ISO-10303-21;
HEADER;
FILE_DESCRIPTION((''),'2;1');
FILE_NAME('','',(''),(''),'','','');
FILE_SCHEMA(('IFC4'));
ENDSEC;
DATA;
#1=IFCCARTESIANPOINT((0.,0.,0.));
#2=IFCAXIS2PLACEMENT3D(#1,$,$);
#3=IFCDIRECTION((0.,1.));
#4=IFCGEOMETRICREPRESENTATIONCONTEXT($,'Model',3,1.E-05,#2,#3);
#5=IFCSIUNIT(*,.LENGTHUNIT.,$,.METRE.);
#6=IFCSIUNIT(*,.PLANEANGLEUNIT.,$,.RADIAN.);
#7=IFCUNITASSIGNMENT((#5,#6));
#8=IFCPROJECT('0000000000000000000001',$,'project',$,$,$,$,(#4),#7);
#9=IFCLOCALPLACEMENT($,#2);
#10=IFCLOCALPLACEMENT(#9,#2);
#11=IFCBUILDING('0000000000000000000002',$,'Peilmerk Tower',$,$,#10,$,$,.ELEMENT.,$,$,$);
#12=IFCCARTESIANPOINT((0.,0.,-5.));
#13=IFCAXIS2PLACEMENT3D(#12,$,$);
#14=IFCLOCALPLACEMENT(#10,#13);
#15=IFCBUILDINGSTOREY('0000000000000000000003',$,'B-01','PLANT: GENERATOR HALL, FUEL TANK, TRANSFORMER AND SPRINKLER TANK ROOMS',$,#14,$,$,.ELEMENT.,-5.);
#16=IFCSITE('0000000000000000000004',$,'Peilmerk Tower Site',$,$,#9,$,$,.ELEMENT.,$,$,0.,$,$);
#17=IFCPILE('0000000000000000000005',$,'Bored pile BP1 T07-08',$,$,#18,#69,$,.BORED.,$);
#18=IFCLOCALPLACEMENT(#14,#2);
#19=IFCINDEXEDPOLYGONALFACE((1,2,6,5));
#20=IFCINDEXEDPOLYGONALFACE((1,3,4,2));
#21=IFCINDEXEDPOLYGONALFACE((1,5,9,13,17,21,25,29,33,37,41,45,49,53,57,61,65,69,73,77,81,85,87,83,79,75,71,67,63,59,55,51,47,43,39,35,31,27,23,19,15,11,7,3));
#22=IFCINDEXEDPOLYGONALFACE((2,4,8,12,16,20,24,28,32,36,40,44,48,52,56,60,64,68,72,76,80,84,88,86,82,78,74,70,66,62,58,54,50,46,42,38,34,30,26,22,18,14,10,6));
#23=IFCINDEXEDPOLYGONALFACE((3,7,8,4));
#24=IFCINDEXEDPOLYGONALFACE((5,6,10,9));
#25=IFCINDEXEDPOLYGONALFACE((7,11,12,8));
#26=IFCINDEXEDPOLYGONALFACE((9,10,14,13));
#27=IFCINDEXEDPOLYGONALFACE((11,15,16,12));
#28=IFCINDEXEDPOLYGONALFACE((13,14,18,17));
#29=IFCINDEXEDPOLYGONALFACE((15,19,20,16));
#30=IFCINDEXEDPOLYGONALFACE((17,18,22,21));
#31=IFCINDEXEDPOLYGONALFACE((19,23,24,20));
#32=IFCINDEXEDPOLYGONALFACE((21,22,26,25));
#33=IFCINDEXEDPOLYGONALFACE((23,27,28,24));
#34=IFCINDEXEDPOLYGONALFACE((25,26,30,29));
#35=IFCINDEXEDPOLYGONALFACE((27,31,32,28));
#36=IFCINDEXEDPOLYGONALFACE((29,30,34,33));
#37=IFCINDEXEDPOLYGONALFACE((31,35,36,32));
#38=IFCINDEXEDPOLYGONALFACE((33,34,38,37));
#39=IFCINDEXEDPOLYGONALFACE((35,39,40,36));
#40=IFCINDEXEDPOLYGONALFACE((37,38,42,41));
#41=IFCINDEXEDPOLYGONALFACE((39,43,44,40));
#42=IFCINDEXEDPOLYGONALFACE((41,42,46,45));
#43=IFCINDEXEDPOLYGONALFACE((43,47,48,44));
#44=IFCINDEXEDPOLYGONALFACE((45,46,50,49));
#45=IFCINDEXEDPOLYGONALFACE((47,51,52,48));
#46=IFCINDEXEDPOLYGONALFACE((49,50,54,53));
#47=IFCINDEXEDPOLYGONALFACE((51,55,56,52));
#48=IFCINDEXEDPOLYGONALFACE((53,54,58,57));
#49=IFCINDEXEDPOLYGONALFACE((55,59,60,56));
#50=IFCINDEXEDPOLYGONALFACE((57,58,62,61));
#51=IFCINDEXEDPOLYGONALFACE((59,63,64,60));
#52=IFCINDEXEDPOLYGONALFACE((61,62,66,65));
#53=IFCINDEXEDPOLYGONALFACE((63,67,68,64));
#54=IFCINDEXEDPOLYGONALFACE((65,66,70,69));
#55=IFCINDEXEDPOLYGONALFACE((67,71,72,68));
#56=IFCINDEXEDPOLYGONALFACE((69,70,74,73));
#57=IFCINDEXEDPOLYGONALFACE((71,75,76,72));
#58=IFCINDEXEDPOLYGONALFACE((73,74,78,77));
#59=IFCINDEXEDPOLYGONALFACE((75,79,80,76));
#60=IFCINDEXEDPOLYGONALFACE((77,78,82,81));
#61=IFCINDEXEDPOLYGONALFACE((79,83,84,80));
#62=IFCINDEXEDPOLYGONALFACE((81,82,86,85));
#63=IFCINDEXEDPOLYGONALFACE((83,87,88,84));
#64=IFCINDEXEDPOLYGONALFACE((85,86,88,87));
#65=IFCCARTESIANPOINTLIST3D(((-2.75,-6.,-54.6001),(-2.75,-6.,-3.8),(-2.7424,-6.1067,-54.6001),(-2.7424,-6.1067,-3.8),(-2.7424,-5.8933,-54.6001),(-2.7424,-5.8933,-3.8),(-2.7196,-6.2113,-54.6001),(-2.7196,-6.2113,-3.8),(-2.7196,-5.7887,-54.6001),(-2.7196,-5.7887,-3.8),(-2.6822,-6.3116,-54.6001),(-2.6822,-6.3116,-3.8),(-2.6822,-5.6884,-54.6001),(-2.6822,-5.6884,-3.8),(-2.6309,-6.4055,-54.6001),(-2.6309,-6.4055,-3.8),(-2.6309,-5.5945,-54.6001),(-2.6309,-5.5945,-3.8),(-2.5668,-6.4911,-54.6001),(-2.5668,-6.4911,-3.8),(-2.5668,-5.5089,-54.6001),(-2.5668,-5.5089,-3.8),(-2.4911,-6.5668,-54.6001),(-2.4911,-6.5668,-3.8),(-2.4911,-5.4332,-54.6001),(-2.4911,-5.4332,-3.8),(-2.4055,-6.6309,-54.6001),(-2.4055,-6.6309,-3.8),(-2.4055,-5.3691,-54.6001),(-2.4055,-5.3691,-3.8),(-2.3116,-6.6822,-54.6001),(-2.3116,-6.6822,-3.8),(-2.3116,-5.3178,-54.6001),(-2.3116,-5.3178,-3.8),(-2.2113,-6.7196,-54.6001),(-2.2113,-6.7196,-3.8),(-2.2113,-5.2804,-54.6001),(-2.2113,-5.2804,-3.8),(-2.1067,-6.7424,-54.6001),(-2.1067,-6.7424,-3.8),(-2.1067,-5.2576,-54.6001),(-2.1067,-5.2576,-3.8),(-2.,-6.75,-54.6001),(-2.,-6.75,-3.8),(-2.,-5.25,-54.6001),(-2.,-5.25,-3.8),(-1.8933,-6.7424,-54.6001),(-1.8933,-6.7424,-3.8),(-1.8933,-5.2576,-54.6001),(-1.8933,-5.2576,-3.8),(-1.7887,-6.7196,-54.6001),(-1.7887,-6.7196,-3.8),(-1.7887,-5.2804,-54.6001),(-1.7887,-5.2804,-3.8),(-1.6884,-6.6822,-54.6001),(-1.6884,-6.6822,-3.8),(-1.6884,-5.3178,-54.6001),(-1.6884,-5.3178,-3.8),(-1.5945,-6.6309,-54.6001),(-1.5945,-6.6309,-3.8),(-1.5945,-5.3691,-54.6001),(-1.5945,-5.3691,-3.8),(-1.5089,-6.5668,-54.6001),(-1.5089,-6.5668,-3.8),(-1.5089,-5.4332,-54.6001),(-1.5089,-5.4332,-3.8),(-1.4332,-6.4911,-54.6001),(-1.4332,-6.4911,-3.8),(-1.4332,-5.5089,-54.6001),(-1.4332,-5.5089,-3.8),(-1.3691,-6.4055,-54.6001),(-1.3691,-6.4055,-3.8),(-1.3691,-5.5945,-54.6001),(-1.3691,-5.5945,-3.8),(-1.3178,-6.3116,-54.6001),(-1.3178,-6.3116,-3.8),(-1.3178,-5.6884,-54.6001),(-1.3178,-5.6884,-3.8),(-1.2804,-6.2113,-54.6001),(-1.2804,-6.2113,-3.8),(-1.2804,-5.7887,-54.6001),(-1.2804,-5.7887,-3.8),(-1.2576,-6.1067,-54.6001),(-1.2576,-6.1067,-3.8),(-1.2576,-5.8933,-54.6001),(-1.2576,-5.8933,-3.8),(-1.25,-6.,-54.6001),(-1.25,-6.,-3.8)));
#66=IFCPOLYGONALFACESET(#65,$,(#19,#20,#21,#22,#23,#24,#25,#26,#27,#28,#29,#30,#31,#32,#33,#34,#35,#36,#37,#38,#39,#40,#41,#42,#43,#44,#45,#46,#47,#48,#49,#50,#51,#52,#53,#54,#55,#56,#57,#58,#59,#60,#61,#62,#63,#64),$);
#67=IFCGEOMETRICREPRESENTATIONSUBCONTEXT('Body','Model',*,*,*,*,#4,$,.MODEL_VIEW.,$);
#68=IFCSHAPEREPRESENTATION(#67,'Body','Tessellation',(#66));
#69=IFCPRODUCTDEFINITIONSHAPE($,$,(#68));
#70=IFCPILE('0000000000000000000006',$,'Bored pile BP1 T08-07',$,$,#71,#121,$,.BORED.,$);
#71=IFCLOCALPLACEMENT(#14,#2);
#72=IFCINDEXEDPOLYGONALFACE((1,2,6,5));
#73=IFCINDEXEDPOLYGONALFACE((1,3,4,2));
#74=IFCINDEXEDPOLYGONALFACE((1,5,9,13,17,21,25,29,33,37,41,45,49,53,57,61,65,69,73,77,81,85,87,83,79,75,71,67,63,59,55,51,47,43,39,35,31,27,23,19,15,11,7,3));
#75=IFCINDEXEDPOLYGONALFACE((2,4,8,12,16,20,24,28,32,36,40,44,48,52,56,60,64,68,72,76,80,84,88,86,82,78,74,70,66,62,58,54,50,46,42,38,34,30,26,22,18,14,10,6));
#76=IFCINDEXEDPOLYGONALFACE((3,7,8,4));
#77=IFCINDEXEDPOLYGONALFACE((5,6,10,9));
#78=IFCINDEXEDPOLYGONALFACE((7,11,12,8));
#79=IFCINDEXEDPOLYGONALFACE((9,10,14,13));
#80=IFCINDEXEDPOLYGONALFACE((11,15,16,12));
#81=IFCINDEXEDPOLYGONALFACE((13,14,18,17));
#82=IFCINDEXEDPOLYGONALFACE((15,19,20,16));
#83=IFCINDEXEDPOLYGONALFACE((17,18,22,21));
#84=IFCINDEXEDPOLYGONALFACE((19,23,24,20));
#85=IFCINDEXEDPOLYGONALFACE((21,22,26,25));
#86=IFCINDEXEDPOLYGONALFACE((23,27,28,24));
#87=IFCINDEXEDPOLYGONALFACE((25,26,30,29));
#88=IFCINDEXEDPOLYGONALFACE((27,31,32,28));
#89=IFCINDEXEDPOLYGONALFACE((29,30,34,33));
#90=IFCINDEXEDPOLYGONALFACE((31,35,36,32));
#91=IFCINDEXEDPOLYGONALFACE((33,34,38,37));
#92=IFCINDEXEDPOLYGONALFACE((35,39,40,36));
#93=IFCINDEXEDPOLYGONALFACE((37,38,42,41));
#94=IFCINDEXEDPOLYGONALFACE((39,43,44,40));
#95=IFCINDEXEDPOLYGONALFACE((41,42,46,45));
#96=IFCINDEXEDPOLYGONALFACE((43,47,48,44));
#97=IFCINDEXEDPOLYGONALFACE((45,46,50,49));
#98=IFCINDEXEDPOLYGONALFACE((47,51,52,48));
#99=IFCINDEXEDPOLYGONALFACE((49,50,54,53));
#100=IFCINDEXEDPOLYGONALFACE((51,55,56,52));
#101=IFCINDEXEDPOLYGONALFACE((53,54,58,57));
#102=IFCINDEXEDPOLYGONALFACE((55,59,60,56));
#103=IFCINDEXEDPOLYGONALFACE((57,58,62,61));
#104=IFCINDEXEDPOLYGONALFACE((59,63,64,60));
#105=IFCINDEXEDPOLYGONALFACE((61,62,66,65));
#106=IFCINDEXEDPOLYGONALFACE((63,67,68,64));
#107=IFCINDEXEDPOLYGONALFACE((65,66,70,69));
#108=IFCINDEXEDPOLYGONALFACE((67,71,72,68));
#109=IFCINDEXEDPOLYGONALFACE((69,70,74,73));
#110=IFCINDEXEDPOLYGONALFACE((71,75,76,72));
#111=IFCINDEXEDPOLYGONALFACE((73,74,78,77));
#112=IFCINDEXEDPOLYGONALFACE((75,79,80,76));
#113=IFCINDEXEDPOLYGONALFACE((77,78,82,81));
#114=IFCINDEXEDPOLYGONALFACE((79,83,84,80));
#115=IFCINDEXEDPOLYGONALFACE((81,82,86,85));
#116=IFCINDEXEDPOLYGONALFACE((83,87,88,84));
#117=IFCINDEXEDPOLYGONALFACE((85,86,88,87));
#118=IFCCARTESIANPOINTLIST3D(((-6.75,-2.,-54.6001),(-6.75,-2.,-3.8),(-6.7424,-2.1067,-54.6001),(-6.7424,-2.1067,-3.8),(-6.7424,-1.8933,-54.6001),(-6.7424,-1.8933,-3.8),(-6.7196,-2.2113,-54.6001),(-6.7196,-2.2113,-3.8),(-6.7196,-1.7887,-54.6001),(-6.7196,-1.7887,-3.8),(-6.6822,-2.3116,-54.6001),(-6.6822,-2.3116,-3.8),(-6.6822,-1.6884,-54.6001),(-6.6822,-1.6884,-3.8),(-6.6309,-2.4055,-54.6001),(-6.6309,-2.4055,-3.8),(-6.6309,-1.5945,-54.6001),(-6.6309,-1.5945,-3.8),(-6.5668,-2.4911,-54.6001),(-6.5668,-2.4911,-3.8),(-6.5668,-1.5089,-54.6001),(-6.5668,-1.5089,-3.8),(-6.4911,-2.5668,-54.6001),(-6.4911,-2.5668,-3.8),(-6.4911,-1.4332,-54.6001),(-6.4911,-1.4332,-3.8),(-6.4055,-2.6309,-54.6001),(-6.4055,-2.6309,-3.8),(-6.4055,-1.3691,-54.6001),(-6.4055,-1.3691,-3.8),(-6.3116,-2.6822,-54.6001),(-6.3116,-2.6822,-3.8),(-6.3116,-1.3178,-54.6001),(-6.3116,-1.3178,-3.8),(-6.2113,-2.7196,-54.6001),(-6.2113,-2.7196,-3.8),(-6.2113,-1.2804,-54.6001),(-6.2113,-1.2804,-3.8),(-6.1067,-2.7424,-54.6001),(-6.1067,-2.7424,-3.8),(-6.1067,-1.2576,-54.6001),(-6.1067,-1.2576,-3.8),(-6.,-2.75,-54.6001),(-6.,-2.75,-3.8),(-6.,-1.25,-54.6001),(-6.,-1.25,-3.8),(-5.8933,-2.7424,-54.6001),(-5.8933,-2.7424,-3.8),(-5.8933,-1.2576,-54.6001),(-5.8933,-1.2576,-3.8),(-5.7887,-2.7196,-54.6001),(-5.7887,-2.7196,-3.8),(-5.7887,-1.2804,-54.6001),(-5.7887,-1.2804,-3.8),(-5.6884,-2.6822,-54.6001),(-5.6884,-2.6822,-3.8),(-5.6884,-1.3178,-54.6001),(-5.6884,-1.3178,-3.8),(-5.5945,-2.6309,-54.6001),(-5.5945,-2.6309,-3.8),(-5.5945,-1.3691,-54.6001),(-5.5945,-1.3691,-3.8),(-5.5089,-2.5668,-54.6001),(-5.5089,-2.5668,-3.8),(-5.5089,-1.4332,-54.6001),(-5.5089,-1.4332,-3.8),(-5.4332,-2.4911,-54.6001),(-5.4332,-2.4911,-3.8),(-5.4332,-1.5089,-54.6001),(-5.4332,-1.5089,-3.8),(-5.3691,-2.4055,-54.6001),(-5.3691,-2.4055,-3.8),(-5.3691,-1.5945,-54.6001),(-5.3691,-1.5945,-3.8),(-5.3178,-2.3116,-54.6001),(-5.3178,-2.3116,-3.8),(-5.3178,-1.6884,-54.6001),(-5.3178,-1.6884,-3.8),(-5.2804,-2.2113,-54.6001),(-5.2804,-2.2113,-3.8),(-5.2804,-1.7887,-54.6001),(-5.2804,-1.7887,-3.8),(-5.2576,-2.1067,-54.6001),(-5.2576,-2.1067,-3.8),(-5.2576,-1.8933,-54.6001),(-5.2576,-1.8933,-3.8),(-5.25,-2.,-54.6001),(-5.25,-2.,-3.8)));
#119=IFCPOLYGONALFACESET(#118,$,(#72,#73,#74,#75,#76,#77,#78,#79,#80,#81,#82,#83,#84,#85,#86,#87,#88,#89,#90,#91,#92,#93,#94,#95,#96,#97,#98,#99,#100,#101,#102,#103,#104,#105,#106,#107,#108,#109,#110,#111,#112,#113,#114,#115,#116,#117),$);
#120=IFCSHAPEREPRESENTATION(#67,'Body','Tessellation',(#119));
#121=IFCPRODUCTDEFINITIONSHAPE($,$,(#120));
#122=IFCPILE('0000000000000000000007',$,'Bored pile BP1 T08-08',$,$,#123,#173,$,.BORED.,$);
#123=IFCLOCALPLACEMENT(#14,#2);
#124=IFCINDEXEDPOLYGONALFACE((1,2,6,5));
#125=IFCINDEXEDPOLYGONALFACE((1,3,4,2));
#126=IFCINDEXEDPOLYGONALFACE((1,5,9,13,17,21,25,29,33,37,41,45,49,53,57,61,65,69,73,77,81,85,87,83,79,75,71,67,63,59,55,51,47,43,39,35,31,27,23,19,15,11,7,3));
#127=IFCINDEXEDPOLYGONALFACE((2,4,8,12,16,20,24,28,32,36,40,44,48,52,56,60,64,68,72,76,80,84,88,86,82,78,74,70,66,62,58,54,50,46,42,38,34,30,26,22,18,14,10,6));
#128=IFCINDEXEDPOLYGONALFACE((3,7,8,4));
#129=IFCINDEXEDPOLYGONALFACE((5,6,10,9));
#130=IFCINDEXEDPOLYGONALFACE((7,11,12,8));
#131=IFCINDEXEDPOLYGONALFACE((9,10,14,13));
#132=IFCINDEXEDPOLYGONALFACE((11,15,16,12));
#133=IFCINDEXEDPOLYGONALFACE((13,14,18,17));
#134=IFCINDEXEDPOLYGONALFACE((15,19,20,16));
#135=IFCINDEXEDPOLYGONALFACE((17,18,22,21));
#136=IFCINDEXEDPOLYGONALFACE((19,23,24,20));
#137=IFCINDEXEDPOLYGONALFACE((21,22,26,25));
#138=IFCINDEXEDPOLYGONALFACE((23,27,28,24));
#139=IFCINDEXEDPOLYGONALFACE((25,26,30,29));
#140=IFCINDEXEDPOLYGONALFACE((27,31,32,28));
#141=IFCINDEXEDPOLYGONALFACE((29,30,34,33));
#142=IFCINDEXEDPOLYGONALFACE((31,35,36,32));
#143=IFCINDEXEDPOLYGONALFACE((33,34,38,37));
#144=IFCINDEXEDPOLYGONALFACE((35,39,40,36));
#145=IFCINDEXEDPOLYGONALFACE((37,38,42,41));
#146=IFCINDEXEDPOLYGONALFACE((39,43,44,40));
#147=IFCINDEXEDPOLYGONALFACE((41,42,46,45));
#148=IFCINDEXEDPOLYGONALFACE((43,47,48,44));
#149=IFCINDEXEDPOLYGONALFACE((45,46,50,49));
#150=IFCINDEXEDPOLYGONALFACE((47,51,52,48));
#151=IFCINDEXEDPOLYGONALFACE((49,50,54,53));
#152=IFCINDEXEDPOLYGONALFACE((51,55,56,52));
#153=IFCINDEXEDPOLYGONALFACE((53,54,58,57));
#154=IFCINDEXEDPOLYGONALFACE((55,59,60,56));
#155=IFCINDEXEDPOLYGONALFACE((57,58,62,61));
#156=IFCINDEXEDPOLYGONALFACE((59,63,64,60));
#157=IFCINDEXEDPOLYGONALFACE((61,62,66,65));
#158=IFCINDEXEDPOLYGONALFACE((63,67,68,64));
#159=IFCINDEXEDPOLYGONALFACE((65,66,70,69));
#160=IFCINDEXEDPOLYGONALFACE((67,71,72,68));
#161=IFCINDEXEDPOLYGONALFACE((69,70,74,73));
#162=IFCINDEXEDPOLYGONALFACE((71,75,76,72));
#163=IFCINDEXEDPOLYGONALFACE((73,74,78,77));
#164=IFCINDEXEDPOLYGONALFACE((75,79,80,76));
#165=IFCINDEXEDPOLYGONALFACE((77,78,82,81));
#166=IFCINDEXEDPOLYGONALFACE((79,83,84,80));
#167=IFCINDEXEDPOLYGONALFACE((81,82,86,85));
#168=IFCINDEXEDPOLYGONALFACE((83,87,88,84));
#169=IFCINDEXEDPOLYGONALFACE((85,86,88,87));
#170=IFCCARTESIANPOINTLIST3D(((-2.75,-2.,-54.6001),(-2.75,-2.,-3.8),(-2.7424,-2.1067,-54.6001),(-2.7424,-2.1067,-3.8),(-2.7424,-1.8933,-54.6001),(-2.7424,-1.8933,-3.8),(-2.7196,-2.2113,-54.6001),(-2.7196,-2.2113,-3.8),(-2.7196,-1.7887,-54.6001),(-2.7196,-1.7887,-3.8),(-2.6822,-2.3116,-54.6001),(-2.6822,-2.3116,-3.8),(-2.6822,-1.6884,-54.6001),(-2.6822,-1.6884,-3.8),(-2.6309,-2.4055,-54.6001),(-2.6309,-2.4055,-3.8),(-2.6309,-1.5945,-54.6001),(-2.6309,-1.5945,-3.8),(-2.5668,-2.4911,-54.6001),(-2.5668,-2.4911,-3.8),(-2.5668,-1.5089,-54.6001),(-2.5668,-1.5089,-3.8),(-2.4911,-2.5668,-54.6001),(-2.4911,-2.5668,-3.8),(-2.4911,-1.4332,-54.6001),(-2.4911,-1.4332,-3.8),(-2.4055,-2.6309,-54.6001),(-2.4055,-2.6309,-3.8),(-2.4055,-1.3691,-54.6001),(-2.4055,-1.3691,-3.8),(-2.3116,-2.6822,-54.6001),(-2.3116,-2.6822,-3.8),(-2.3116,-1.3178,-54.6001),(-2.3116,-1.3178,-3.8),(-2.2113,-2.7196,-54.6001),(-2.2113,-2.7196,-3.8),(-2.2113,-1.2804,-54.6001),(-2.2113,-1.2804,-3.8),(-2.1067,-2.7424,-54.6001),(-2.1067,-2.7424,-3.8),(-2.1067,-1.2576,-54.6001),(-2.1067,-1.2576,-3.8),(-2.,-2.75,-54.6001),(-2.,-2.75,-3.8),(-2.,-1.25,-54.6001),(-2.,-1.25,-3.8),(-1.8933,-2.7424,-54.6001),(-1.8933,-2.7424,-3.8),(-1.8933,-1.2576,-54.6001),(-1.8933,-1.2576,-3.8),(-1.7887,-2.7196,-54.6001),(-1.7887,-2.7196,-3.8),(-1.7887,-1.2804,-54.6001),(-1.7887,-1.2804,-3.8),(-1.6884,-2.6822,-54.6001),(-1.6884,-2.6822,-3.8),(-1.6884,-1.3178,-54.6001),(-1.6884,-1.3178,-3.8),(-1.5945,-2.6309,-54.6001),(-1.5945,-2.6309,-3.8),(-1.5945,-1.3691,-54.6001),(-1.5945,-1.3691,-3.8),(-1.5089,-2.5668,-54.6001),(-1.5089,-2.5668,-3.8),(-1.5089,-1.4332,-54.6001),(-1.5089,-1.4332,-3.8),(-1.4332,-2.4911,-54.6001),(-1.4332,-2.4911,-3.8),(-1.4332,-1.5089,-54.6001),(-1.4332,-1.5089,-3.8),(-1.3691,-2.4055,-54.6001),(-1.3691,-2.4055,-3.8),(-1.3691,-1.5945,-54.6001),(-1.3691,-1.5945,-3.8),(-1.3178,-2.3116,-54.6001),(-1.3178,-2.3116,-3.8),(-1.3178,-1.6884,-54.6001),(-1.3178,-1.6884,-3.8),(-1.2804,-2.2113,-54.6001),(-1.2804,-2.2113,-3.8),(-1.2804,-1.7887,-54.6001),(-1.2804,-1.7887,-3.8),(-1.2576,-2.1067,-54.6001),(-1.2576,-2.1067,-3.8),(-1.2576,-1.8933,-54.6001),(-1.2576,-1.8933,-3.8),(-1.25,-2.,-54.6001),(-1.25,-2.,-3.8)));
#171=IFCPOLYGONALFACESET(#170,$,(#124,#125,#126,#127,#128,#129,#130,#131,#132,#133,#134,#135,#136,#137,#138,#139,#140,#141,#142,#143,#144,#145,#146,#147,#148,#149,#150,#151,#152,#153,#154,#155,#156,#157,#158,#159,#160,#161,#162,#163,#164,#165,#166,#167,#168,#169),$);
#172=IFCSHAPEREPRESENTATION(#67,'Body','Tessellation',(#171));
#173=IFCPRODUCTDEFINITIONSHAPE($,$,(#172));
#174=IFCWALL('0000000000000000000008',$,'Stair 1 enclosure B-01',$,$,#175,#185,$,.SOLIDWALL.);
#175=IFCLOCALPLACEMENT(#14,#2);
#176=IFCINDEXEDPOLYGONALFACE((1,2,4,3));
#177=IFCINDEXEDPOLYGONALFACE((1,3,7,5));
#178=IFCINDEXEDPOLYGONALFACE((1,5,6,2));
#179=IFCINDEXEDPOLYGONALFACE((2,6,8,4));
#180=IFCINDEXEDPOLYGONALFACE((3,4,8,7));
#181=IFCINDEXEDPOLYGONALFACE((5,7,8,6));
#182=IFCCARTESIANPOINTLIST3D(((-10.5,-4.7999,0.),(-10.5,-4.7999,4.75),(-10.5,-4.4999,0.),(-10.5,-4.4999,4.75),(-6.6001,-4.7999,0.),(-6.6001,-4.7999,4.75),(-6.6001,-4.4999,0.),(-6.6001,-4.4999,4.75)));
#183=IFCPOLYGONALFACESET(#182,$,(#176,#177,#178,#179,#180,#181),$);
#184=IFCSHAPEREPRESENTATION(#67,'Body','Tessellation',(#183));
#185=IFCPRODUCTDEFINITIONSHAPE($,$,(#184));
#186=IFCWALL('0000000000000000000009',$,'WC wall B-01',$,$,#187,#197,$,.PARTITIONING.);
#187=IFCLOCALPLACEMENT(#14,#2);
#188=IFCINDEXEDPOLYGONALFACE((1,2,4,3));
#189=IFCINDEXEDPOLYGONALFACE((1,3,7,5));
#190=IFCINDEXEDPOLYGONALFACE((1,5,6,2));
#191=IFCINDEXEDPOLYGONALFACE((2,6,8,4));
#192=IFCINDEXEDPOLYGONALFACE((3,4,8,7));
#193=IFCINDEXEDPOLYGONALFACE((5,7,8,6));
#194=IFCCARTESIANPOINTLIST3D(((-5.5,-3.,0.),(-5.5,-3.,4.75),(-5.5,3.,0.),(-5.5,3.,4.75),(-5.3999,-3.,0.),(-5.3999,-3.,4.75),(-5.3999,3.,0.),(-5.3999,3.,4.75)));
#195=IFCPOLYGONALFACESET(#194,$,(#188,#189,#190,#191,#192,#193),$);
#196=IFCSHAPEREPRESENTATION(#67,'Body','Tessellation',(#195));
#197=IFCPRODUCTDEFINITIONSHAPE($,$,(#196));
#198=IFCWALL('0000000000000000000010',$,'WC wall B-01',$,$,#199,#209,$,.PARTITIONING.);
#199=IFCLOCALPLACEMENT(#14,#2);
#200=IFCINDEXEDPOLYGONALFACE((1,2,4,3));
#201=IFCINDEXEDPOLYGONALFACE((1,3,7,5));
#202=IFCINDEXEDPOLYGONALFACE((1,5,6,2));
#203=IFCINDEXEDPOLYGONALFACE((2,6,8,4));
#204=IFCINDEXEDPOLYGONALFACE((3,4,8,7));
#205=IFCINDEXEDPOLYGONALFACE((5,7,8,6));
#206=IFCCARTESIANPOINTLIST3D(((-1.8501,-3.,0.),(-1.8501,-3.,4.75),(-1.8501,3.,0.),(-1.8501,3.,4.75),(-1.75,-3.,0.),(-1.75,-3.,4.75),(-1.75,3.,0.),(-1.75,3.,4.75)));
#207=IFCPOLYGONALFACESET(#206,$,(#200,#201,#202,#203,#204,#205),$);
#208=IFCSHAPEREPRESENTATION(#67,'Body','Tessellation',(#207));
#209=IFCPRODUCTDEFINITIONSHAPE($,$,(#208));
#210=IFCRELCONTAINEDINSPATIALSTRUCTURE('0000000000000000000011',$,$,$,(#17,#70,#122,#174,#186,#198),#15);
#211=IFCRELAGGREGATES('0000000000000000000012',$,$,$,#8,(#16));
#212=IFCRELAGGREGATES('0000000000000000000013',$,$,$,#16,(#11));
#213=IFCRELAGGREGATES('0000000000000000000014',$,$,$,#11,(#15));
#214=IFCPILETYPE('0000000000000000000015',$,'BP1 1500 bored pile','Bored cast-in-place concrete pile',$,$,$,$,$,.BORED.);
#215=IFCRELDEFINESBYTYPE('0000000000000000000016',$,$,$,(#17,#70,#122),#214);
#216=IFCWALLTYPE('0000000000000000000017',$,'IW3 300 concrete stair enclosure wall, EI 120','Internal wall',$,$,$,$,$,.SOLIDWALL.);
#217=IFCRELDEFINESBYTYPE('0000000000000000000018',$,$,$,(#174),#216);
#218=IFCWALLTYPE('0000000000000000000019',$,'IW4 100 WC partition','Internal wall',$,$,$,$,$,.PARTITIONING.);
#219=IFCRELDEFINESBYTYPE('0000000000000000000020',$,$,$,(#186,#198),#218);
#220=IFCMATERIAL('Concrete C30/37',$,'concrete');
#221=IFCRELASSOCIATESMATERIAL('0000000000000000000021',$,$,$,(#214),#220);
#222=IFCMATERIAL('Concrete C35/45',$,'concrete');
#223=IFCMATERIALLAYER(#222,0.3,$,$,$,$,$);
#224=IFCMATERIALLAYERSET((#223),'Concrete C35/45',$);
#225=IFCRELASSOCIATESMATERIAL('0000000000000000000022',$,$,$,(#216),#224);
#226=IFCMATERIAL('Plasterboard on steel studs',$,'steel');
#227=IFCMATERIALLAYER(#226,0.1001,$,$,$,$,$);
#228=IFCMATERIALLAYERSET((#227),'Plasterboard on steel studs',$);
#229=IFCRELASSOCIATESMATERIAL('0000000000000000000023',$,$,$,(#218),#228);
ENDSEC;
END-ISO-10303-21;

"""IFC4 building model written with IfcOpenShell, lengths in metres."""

from ifc_helpers import new_model, si_unit, direction, frame, frame_2d, origin, origin_2d, place, context, subcontext, project, spatial, rectangle, circle, extrude, material, layer, layer_set, material_profile, profile_set, type_object, element, save


model = new_model("IFC4")

# Units and contexts
model_context = context("Model", 3, precision=1e-05, world=origin(), true_north=direction((0.0, 1.0)))
body_context = subcontext(model_context, "Body", "Model", "MODEL_VIEW")
ifc_project = project(units=[si_unit("LENGTHUNIT", "METRE"), si_unit("PLANEANGLEUNIT", "RADIAN")], contexts=[model_context])

# Site, building, storey
site_placement = place(None, origin())
site = spatial("IfcSite", under=ifc_project, at=site_placement, Name="Peilmerk Tower Site", CompositionType="ELEMENT", RefElevation=0.0)
building_placement = place(site_placement, origin())
building = spatial("IfcBuilding", under=site, at=building_placement, Name="Peilmerk Tower", CompositionType="ELEMENT")
storey_placement = place(building_placement, frame((0.0, 0.0, -5.0)))
storey = spatial("IfcBuildingStorey", under=building, at=storey_placement, Name="B-01", Description="PLANT: GENERATOR HALL, FUEL TANK, TRANSFORMER AND SPRINKLER TANK ROOMS", CompositionType="ELEMENT", Elevation=-5.0)

# Piles
ifc_material_1 = material(Name="Concrete C30/37", Category="concrete")
ifc_material_profile = material_profile(ifc_material_1, circle(Radius=0.75, at=origin_2d()), Name="BP 1500")
ifc_profile_set = profile_set([ifc_material_profile], Name="Concrete C30/37")
pile_type = type_object("IfcPileType", Name="BP1 1500 bored pile", Description="Bored cast-in-place concrete pile", PredefinedType="BORED", material=ifc_profile_set)
for number, where, z_axis, x_axis, name in (
    (1, (-2.0, -6.0, -3.8), (0.0, 0.0, -1.0), (1.0, 0.0, 0.0), "Bored pile BP1 T07-08"),
    (2, (-6.0, -2.0, -3.8), (0.0, 0.0, -1.0), (1.0, 0.0, 0.0), "Bored pile BP1 T08-07"),
    (3, (-2.0, -2.0, -3.8), (0.0, 0.0, -1.0), (1.0, 0.0, 0.0), "Bored pile BP1 T08-08"),
):
    element("IfcPile", number, at=place(storey_placement, frame(where, z_axis=z_axis, x_axis=x_axis)), inside=storey, type_object=pile_type, Name=name, PredefinedType="BORED", context=body_context, shape_type="SweptSolid", body=[
        extrude(circle(Radius=0.75, at=origin_2d()), origin(), (0.0, 0.0, 1.0), 50.8),
    ])

# Walls
ifc_material_2 = material(Name="Concrete C35/45", Category="concrete")
ifc_layer_1 = layer(ifc_material_2, 0.3)
ifc_layer_set_1 = layer_set([ifc_layer_1], Name="Concrete C35/45")
wall_type_1 = type_object("IfcWallType", Name="IW3 300 concrete stair enclosure wall, EI 120", Description="Internal wall", PredefinedType="SOLIDWALL", material=ifc_layer_set_1)
wall_1_placement = place(storey_placement, frame((-6.6001, -4.6499, 0.0), z_axis=(0.0, 0.0, 1.0), x_axis=(-1.0, 0.0, 0.0)))
element("IfcWall", 4, at=wall_1_placement, inside=storey, type_object=wall_type_1, Name="Stair 1 enclosure B-01", PredefinedType="SOLIDWALL", context=body_context, shape_type="SweptSolid", body=[
    extrude(rectangle(XDim=3.8999, YDim=0.3, at=frame_2d((1.95, 0.0))), origin(), (0.0, 0.0, 1.0), 4.75),
])
ifc_material_3 = material(Name="Plasterboard on steel studs", Category="steel")
ifc_layer_2 = layer(ifc_material_3, 0.1001)
ifc_layer_set_2 = layer_set([ifc_layer_2], Name="Plasterboard on steel studs")
wall_type_2 = type_object("IfcWallType", Name="IW4 100 WC partition", Description="Internal wall", PredefinedType="PARTITIONING", material=ifc_layer_set_2)
for number, where, z_axis, x_axis, name in (
    (5, (-5.45, -3.0, 0.0), (0.0, 0.0, 1.0), (0.0, 1.0, 0.0), "WC wall B-01"),
    (6, (-1.8, -3.0, 0.0), (0.0, 0.0, 1.0), (0.0, 1.0, 0.0), "WC wall B-01"),
):
    element("IfcWall", number, at=place(storey_placement, frame(where, z_axis=z_axis, x_axis=x_axis)), inside=storey, type_object=wall_type_2, Name=name, PredefinedType="PARTITIONING", context=body_context, shape_type="SweptSolid", body=[
        extrude(rectangle(XDim=6.0, YDim=0.1001, at=frame_2d((3.0, 0.0))), origin(), (0.0, 0.0, 1.0), 4.75),
    ])

save(model, "model.ifc")
